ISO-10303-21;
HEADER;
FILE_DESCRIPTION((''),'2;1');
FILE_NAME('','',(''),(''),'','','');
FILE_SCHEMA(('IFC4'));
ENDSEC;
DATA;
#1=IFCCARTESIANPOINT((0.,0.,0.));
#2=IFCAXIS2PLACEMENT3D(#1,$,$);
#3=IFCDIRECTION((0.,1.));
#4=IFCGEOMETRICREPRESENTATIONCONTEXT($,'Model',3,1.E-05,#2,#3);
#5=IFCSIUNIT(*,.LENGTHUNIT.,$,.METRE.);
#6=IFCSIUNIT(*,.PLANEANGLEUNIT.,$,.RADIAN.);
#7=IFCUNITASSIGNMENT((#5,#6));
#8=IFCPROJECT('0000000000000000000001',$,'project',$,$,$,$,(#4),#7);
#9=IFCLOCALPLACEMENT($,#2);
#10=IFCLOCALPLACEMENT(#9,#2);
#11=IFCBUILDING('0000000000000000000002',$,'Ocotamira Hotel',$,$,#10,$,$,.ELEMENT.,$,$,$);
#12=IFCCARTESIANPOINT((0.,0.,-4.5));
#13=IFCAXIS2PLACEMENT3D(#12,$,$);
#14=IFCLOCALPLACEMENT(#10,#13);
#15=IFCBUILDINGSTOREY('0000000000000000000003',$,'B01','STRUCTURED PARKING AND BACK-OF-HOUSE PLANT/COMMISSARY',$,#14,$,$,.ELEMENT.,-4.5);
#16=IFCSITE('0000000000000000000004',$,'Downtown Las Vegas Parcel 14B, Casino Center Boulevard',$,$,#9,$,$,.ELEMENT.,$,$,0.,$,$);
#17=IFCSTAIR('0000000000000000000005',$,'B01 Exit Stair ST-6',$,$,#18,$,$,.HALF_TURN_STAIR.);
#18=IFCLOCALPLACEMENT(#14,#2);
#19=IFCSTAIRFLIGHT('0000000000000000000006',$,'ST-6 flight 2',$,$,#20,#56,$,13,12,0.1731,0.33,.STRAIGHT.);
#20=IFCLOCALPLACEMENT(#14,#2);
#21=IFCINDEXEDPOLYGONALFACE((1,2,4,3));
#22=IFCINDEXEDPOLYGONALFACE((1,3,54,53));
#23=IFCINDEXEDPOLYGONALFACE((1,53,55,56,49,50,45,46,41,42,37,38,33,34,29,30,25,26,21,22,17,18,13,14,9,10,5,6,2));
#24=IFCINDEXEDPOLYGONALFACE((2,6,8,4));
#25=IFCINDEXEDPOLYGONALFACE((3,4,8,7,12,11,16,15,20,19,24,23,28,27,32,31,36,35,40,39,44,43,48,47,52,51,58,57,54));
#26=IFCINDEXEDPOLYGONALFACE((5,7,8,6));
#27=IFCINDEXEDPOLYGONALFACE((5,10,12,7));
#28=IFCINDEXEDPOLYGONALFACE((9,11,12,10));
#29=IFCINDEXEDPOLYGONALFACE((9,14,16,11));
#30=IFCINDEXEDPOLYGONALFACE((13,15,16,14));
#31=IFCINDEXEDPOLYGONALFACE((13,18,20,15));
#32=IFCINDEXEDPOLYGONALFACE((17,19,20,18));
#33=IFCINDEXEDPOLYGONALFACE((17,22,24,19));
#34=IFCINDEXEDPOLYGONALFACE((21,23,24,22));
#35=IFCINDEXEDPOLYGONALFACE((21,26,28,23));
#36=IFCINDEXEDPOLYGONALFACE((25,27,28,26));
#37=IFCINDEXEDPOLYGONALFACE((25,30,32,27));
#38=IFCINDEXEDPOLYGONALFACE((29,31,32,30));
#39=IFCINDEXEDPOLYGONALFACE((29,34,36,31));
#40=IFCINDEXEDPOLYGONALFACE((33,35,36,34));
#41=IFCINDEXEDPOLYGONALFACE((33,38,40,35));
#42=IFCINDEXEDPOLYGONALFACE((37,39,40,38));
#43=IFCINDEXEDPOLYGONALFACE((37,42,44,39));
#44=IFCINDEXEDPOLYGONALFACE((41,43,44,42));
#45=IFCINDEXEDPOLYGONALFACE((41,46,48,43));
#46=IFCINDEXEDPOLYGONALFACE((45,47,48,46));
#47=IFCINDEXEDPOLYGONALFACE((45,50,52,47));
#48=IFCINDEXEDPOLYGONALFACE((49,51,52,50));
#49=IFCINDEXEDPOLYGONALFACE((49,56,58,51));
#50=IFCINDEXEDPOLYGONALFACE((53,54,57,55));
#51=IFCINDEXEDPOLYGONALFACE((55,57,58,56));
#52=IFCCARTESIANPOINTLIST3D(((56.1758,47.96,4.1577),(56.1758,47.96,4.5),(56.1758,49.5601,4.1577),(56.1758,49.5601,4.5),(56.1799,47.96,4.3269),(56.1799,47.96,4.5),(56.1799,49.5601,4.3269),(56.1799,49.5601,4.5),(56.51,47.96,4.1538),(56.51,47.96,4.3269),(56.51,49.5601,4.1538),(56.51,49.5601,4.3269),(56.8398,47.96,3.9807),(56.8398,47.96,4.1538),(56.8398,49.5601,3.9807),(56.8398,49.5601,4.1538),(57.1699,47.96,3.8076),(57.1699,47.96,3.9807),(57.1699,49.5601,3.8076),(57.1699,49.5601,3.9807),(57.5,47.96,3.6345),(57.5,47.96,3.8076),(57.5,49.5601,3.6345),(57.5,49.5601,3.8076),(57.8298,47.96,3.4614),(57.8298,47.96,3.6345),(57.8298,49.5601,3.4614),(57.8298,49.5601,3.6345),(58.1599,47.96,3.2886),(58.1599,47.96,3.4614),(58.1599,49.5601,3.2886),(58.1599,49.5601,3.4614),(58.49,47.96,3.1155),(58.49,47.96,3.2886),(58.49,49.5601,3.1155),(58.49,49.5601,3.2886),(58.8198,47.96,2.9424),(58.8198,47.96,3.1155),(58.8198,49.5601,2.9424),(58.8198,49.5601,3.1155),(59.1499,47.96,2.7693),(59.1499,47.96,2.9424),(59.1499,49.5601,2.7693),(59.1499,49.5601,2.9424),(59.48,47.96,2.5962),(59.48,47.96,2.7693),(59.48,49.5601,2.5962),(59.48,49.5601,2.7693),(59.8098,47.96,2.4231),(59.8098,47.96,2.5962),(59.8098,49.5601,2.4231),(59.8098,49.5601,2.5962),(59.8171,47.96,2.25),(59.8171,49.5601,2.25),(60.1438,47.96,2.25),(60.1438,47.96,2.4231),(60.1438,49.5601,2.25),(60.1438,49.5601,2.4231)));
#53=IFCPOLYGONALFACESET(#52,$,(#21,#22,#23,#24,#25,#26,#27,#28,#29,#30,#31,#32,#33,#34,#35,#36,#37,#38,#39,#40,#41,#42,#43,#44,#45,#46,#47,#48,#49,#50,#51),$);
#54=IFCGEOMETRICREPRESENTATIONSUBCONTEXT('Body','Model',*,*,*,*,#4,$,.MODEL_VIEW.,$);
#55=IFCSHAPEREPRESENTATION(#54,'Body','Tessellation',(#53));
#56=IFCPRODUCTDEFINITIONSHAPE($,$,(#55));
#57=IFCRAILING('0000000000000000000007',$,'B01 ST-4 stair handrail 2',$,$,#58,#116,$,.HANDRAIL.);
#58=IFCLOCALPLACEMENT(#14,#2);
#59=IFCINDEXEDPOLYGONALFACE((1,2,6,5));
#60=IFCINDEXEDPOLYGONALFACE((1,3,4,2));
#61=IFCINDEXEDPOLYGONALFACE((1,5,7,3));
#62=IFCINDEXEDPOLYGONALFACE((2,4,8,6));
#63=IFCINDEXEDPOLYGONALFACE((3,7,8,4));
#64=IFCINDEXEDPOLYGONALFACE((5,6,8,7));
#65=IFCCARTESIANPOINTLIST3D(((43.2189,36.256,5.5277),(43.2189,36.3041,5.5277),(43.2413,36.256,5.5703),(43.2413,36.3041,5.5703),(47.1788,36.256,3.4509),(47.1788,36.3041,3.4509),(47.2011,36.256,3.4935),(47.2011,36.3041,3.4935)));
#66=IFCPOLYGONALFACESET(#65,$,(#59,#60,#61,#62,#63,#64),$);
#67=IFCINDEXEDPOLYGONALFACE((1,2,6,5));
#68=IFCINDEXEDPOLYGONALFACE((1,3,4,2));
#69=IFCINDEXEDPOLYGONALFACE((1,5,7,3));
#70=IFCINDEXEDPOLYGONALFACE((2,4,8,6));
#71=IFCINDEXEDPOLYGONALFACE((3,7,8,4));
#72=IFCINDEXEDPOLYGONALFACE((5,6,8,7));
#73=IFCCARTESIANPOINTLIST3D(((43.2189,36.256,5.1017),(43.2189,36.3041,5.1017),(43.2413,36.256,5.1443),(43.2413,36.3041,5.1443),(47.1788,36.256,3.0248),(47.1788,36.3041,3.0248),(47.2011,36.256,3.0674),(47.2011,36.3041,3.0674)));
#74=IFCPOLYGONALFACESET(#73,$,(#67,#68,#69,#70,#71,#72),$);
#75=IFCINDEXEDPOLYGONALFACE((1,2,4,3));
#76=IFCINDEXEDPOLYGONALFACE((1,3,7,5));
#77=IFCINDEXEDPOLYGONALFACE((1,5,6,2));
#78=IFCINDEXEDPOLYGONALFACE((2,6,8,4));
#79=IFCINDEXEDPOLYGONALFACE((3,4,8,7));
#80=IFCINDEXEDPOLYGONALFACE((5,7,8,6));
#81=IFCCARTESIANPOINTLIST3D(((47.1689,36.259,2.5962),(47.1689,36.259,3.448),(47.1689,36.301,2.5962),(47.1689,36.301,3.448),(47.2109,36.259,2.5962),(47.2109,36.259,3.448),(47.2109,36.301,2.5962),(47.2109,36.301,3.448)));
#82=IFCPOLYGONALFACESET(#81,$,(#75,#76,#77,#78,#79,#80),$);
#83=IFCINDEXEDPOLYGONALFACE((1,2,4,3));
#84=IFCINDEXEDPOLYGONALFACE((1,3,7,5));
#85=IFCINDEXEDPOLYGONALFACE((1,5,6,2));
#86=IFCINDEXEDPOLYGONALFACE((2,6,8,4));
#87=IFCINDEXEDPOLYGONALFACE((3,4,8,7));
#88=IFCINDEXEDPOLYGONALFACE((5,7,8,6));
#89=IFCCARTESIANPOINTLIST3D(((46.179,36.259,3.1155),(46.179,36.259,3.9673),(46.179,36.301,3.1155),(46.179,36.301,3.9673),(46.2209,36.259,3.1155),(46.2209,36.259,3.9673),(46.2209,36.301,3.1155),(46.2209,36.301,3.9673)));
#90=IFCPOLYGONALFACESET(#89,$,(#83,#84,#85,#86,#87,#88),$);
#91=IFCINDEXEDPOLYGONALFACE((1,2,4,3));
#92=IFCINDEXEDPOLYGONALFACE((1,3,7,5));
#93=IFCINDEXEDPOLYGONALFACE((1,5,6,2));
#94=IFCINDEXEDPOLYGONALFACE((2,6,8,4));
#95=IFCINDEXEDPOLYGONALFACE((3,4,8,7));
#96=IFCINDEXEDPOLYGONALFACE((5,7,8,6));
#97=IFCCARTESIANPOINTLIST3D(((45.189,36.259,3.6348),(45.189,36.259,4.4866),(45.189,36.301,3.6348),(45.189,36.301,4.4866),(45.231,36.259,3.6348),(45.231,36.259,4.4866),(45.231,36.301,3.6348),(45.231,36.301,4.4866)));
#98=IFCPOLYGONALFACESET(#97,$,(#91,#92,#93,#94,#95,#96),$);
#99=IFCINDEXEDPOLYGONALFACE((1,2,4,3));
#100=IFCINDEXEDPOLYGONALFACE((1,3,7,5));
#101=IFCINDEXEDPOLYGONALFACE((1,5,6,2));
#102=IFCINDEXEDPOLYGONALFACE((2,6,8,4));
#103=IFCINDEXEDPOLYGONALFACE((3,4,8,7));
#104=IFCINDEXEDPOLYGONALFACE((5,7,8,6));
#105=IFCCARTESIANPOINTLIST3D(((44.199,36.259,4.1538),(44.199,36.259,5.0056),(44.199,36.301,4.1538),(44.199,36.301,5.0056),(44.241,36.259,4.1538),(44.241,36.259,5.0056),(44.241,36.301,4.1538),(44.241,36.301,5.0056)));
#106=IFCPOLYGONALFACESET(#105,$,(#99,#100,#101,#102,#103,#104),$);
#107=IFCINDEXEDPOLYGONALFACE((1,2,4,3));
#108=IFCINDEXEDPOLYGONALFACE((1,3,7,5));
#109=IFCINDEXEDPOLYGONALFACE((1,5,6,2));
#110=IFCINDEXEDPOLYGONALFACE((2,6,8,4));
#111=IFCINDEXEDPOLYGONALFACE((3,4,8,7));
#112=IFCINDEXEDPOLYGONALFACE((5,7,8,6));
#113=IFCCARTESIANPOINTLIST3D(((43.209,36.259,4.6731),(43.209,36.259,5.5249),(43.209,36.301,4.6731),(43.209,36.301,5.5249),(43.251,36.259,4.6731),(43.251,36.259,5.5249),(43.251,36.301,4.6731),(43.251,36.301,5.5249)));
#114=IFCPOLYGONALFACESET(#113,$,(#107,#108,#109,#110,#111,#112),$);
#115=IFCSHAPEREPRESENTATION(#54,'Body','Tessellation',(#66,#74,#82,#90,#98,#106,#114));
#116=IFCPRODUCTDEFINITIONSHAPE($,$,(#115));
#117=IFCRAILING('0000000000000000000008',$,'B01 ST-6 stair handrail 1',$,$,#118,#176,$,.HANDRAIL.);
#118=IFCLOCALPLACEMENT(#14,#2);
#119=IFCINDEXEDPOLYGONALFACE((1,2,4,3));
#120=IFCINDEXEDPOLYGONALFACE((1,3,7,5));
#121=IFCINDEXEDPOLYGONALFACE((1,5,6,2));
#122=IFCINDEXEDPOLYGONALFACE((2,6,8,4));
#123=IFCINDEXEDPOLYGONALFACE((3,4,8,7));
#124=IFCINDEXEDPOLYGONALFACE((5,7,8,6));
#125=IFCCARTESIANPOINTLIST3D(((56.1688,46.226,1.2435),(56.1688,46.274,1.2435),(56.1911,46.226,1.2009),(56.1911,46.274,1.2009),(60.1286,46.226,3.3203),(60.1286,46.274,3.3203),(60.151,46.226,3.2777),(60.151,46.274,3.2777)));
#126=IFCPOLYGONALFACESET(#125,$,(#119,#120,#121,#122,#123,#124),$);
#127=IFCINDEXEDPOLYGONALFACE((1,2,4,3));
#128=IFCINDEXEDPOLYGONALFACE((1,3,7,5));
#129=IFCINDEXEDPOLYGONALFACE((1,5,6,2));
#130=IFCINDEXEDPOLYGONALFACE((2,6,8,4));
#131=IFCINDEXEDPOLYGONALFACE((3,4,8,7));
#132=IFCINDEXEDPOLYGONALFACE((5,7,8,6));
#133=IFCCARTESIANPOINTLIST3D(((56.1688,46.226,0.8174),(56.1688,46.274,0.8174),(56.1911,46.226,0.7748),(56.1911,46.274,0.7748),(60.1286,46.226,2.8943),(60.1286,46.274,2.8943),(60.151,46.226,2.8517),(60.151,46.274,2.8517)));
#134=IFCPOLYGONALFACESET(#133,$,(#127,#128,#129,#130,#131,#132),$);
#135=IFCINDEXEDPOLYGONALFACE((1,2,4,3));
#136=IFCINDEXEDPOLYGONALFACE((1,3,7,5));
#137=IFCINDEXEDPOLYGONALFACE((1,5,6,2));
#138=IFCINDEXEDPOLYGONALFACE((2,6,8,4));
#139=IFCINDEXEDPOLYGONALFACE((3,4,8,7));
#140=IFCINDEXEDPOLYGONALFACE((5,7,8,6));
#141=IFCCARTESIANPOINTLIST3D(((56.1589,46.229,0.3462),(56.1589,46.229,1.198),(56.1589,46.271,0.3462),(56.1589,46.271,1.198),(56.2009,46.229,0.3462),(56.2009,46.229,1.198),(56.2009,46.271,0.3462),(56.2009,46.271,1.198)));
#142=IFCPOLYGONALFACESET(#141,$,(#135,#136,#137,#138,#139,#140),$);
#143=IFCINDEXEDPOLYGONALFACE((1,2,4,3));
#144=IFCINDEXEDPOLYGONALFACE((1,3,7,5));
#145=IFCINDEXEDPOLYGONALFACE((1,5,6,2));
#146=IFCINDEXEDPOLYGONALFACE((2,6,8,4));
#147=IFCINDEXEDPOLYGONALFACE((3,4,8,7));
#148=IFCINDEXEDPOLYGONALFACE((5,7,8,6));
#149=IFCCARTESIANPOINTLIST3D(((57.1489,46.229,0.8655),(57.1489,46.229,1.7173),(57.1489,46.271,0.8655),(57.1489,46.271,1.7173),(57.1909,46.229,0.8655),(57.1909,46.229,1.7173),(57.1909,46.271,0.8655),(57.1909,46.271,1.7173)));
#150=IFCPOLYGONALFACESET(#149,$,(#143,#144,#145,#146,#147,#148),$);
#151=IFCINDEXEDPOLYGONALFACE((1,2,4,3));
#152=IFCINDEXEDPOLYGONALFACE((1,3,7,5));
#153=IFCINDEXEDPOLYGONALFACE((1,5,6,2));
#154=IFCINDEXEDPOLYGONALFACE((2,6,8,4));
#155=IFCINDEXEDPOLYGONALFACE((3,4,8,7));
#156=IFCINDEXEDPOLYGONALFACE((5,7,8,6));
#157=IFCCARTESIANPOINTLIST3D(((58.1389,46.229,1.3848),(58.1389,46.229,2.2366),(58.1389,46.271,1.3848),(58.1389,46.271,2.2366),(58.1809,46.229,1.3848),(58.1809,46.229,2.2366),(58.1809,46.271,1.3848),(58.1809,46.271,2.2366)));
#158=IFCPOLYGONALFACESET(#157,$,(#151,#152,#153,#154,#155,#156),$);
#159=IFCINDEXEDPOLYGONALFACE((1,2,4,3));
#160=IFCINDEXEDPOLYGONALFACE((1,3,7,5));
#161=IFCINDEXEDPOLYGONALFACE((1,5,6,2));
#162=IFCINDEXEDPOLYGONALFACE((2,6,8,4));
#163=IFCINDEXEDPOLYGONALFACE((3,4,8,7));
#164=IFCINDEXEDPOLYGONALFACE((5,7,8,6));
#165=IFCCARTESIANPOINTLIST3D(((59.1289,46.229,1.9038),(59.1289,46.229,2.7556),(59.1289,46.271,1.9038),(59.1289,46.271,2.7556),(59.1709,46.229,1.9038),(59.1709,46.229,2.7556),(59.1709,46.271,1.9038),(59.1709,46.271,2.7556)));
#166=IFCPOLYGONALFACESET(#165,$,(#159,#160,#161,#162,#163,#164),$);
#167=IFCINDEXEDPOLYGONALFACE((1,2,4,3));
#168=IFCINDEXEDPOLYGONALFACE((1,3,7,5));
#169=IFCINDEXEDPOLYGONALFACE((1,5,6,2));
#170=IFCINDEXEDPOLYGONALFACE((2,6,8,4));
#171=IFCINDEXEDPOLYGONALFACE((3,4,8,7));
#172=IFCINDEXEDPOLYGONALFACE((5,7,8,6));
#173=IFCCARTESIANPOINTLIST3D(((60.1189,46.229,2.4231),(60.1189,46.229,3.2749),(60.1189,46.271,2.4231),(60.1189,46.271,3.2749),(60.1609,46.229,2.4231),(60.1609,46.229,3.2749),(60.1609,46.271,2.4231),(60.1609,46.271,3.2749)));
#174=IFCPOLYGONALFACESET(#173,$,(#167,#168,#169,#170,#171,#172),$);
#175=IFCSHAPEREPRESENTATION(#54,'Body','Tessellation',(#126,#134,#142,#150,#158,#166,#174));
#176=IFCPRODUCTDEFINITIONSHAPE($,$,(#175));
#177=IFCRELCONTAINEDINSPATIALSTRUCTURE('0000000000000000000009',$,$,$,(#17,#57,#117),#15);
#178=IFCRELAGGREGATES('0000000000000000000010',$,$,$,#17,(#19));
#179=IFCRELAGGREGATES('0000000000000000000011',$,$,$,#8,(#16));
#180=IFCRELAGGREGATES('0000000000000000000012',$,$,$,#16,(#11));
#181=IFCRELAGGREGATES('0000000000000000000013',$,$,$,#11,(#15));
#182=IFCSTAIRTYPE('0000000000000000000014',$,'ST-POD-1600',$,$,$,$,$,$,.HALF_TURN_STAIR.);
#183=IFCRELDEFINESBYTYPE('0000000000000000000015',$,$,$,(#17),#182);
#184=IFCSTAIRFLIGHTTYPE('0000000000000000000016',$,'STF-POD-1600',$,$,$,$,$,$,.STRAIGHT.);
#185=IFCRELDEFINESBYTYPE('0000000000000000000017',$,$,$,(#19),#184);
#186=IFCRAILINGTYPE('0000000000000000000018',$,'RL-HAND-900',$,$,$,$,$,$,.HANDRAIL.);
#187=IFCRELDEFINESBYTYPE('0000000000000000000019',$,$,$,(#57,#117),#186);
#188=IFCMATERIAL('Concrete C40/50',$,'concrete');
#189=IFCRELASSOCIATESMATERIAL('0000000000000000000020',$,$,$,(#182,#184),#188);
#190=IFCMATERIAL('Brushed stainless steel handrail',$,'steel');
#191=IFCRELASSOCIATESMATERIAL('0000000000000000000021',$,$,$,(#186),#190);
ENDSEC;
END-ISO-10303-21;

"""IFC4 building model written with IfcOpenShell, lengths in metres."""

from ifc_helpers import new_model, si_unit, direction, frame, origin, origin_2d, place, context, subcontext, project, spatial, polyline, rectangle, outline, extrude, source, transform, mapped, material, type_object, element, aggregate, save


model = new_model("IFC4")

# Units and contexts
model_context = context("Model", 3, precision=1e-05, world=origin(), true_north=direction((0.0, 1.0)))
body_context = subcontext(model_context, "Body", "Model", "MODEL_VIEW")
ifc_project = project(units=[si_unit("LENGTHUNIT", "METRE"), si_unit("PLANEANGLEUNIT", "RADIAN")], contexts=[model_context])

# Site, building, storey
site_placement = place(None, origin())
site = spatial("IfcSite", under=ifc_project, at=site_placement, Name="Downtown Las Vegas Parcel 14B, Casino Center Boulevard", CompositionType="ELEMENT", RefElevation=0.0)
building_placement = place(site_placement, origin())
building = spatial("IfcBuilding", under=site, at=building_placement, Name="Ocotamira Hotel", CompositionType="ELEMENT")
storey_placement = place(building_placement, frame((0.0, 0.0, -4.5)))
storey = spatial("IfcBuildingStorey", under=building, at=storey_placement, Name="B01", Description="STRUCTURED PARKING AND BACK-OF-HOUSE PLANT/COMMISSARY", CompositionType="ELEMENT", Elevation=-4.5)

# Shared definitions
ifc_material_1 = material(Name="Concrete C40/50", Category="concrete")

# Stair, stair flight
stair_type_1 = type_object("IfcStairType", Name="ST-POD-1600", PredefinedType="HALF_TURN_STAIR", material=ifc_material_1)
stair_1_placement = place(storey_placement, origin())
stair_1 = element("IfcStair", 1, at=stair_1_placement, inside=storey, type_object=stair_type_1, Name="B01 Exit Stair ST-6", PredefinedType="HALF_TURN_STAIR")
stair_flight_type_1 = type_object("IfcStairFlightType", Name="STF-POD-1600", PredefinedType="STRAIGHT", material=ifc_material_1)
shared_shape_1 = source(origin(), body_context, "Body", "SweptSolid", [
    extrude(outline(polyline([(-0.0039, 0.0), (-0.0039, 0.1731), (0.3301, 0.1731), (0.3301, 0.3462), (0.6599, 0.3462), (0.6599, 0.5193), (0.99, 0.5193), (0.99, 0.6924), (1.3201, 0.6924), (1.3201, 0.8655), (1.6499, 0.8655), (1.6499, 1.0386), (1.98, 1.0386), (1.98, 1.2114), (2.3101, 1.2114), (2.3101, 1.3845), (2.6399, 1.3845), (2.6399, 1.5576), (2.97, 1.5576), (2.97, 1.7307), (3.3, 1.7307), (3.3, 1.9038), (3.6299, 1.9038), (3.6299, 2.0769), (3.96, 2.0769), (3.96, 2.25), (3.9641, 2.25), (3.9641, 1.9077), (0.3228, 0.0), (-0.0039, 0.0)])), frame((0.0, 0.8, 0.0), z_axis=(0.0, -1.0, 0.0), x_axis=(1.0, 0.0, 0.0)), (0.0, 0.0, 1.0), 1.6001),
])
stair_flight_1_placement = place(storey_placement, frame((60.1399, 48.76, 2.25), z_axis=(0.0, 0.0, 1.0), x_axis=(-1.0, 0.0, 0.0)))
stair_flight_1 = element("IfcStairFlight", 2, at=stair_flight_1_placement, type_object=stair_flight_type_1, Name="ST-6 flight 2", NumberOfRisers=13, NumberOfTreads=12, PredefinedType="STRAIGHT", RiserHeight=0.1731, TreadLength=0.33, context=body_context, shape_type="MappedRepresentation", body=[
    mapped(shared_shape_1, transform((0.0, 0.0, 0.0), scale=1.0)),
])
aggregate(stair_1, [stair_flight_1])

# Railings
ifc_material_2 = material(Name="Brushed stainless steel handrail", Category="steel")
railing_type_1 = type_object("IfcRailingType", Name="RL-HAND-900", PredefinedType="HANDRAIL", material=ifc_material_2)
railing_1_placement = place(storey_placement, frame((47.1899, 36.28, 2.5962)))
element("IfcRailing", 3, at=railing_1_placement, inside=storey, type_object=railing_type_1, Name="B01 ST-4 stair handrail 2", PredefinedType="HANDRAIL", context=body_context, shape_type="SweptSolid", body=[
    extrude(rectangle(XDim=0.0481, YDim=0.0481, at=origin_2d()), frame((0.0, 0.0, 0.876), z_axis=(-0.885589, 0.0, 0.46447), x_axis=(0.0, -1.0, 0.0)), (0.0, 0.0, 1.0), 4.4714),
    extrude(rectangle(XDim=0.0481, YDim=0.0481, at=origin_2d()), frame((0.0, 0.0, 0.45), z_axis=(-0.885589, 0.0, 0.46447), x_axis=(0.0, -1.0, 0.0)), (0.0, 0.0, 1.0), 4.4714),
    extrude(rectangle(XDim=0.042, YDim=0.042, at=origin_2d()), origin(), (0.0, 0.0, 1.0), 0.8518),
    extrude(rectangle(XDim=0.042, YDim=0.042, at=origin_2d()), frame((-0.99, 0.0, 0.5193)), (0.0, 0.0, 1.0), 0.8518),
    extrude(rectangle(XDim=0.042, YDim=0.042, at=origin_2d()), frame((-1.98, 0.0, 1.0386)), (0.0, 0.0, 1.0), 0.8518),
    extrude(rectangle(XDim=0.042, YDim=0.042, at=origin_2d()), frame((-2.97, 0.0, 1.5576)), (0.0, 0.0, 1.0), 0.8518),
    extrude(rectangle(XDim=0.042, YDim=0.042, at=origin_2d()), frame((-3.96, 0.0, 2.0769)), (0.0, 0.0, 1.0), 0.8518),
])
railing_2_placement = place(storey_placement, frame((56.1799, 46.25, 0.3462)))
element("IfcRailing", 4, at=railing_2_placement, inside=storey, type_object=railing_type_1, Name="B01 ST-6 stair handrail 1", PredefinedType="HANDRAIL", context=body_context, shape_type="SweptSolid", body=[
    extrude(rectangle(XDim=0.0481, YDim=0.0481, at=origin_2d()), frame((0.0, 0.0, 0.876), z_axis=(0.885589, 0.0, 0.46447), x_axis=(0.0, 1.0, 0.0)), (0.0, 0.0, 1.0), 4.4714),
    extrude(rectangle(XDim=0.0481, YDim=0.0481, at=origin_2d()), frame((0.0, 0.0, 0.45), z_axis=(0.885589, 0.0, 0.46447), x_axis=(0.0, 1.0, 0.0)), (0.0, 0.0, 1.0), 4.4714),
    extrude(rectangle(XDim=0.042, YDim=0.042, at=origin_2d()), origin(), (0.0, 0.0, 1.0), 0.8518),
    extrude(rectangle(XDim=0.042, YDim=0.042, at=origin_2d()), frame((0.99, 0.0, 0.5193)), (0.0, 0.0, 1.0), 0.8518),
    extrude(rectangle(XDim=0.042, YDim=0.042, at=origin_2d()), frame((1.98, 0.0, 1.0386)), (0.0, 0.0, 1.0), 0.8518),
    extrude(rectangle(XDim=0.042, YDim=0.042, at=origin_2d()), frame((2.97, 0.0, 1.5576)), (0.0, 0.0, 1.0), 0.8518),
    extrude(rectangle(XDim=0.042, YDim=0.042, at=origin_2d()), frame((3.96, 0.0, 2.0769)), (0.0, 0.0, 1.0), 0.8518),
])

save(model, "model.ifc")
